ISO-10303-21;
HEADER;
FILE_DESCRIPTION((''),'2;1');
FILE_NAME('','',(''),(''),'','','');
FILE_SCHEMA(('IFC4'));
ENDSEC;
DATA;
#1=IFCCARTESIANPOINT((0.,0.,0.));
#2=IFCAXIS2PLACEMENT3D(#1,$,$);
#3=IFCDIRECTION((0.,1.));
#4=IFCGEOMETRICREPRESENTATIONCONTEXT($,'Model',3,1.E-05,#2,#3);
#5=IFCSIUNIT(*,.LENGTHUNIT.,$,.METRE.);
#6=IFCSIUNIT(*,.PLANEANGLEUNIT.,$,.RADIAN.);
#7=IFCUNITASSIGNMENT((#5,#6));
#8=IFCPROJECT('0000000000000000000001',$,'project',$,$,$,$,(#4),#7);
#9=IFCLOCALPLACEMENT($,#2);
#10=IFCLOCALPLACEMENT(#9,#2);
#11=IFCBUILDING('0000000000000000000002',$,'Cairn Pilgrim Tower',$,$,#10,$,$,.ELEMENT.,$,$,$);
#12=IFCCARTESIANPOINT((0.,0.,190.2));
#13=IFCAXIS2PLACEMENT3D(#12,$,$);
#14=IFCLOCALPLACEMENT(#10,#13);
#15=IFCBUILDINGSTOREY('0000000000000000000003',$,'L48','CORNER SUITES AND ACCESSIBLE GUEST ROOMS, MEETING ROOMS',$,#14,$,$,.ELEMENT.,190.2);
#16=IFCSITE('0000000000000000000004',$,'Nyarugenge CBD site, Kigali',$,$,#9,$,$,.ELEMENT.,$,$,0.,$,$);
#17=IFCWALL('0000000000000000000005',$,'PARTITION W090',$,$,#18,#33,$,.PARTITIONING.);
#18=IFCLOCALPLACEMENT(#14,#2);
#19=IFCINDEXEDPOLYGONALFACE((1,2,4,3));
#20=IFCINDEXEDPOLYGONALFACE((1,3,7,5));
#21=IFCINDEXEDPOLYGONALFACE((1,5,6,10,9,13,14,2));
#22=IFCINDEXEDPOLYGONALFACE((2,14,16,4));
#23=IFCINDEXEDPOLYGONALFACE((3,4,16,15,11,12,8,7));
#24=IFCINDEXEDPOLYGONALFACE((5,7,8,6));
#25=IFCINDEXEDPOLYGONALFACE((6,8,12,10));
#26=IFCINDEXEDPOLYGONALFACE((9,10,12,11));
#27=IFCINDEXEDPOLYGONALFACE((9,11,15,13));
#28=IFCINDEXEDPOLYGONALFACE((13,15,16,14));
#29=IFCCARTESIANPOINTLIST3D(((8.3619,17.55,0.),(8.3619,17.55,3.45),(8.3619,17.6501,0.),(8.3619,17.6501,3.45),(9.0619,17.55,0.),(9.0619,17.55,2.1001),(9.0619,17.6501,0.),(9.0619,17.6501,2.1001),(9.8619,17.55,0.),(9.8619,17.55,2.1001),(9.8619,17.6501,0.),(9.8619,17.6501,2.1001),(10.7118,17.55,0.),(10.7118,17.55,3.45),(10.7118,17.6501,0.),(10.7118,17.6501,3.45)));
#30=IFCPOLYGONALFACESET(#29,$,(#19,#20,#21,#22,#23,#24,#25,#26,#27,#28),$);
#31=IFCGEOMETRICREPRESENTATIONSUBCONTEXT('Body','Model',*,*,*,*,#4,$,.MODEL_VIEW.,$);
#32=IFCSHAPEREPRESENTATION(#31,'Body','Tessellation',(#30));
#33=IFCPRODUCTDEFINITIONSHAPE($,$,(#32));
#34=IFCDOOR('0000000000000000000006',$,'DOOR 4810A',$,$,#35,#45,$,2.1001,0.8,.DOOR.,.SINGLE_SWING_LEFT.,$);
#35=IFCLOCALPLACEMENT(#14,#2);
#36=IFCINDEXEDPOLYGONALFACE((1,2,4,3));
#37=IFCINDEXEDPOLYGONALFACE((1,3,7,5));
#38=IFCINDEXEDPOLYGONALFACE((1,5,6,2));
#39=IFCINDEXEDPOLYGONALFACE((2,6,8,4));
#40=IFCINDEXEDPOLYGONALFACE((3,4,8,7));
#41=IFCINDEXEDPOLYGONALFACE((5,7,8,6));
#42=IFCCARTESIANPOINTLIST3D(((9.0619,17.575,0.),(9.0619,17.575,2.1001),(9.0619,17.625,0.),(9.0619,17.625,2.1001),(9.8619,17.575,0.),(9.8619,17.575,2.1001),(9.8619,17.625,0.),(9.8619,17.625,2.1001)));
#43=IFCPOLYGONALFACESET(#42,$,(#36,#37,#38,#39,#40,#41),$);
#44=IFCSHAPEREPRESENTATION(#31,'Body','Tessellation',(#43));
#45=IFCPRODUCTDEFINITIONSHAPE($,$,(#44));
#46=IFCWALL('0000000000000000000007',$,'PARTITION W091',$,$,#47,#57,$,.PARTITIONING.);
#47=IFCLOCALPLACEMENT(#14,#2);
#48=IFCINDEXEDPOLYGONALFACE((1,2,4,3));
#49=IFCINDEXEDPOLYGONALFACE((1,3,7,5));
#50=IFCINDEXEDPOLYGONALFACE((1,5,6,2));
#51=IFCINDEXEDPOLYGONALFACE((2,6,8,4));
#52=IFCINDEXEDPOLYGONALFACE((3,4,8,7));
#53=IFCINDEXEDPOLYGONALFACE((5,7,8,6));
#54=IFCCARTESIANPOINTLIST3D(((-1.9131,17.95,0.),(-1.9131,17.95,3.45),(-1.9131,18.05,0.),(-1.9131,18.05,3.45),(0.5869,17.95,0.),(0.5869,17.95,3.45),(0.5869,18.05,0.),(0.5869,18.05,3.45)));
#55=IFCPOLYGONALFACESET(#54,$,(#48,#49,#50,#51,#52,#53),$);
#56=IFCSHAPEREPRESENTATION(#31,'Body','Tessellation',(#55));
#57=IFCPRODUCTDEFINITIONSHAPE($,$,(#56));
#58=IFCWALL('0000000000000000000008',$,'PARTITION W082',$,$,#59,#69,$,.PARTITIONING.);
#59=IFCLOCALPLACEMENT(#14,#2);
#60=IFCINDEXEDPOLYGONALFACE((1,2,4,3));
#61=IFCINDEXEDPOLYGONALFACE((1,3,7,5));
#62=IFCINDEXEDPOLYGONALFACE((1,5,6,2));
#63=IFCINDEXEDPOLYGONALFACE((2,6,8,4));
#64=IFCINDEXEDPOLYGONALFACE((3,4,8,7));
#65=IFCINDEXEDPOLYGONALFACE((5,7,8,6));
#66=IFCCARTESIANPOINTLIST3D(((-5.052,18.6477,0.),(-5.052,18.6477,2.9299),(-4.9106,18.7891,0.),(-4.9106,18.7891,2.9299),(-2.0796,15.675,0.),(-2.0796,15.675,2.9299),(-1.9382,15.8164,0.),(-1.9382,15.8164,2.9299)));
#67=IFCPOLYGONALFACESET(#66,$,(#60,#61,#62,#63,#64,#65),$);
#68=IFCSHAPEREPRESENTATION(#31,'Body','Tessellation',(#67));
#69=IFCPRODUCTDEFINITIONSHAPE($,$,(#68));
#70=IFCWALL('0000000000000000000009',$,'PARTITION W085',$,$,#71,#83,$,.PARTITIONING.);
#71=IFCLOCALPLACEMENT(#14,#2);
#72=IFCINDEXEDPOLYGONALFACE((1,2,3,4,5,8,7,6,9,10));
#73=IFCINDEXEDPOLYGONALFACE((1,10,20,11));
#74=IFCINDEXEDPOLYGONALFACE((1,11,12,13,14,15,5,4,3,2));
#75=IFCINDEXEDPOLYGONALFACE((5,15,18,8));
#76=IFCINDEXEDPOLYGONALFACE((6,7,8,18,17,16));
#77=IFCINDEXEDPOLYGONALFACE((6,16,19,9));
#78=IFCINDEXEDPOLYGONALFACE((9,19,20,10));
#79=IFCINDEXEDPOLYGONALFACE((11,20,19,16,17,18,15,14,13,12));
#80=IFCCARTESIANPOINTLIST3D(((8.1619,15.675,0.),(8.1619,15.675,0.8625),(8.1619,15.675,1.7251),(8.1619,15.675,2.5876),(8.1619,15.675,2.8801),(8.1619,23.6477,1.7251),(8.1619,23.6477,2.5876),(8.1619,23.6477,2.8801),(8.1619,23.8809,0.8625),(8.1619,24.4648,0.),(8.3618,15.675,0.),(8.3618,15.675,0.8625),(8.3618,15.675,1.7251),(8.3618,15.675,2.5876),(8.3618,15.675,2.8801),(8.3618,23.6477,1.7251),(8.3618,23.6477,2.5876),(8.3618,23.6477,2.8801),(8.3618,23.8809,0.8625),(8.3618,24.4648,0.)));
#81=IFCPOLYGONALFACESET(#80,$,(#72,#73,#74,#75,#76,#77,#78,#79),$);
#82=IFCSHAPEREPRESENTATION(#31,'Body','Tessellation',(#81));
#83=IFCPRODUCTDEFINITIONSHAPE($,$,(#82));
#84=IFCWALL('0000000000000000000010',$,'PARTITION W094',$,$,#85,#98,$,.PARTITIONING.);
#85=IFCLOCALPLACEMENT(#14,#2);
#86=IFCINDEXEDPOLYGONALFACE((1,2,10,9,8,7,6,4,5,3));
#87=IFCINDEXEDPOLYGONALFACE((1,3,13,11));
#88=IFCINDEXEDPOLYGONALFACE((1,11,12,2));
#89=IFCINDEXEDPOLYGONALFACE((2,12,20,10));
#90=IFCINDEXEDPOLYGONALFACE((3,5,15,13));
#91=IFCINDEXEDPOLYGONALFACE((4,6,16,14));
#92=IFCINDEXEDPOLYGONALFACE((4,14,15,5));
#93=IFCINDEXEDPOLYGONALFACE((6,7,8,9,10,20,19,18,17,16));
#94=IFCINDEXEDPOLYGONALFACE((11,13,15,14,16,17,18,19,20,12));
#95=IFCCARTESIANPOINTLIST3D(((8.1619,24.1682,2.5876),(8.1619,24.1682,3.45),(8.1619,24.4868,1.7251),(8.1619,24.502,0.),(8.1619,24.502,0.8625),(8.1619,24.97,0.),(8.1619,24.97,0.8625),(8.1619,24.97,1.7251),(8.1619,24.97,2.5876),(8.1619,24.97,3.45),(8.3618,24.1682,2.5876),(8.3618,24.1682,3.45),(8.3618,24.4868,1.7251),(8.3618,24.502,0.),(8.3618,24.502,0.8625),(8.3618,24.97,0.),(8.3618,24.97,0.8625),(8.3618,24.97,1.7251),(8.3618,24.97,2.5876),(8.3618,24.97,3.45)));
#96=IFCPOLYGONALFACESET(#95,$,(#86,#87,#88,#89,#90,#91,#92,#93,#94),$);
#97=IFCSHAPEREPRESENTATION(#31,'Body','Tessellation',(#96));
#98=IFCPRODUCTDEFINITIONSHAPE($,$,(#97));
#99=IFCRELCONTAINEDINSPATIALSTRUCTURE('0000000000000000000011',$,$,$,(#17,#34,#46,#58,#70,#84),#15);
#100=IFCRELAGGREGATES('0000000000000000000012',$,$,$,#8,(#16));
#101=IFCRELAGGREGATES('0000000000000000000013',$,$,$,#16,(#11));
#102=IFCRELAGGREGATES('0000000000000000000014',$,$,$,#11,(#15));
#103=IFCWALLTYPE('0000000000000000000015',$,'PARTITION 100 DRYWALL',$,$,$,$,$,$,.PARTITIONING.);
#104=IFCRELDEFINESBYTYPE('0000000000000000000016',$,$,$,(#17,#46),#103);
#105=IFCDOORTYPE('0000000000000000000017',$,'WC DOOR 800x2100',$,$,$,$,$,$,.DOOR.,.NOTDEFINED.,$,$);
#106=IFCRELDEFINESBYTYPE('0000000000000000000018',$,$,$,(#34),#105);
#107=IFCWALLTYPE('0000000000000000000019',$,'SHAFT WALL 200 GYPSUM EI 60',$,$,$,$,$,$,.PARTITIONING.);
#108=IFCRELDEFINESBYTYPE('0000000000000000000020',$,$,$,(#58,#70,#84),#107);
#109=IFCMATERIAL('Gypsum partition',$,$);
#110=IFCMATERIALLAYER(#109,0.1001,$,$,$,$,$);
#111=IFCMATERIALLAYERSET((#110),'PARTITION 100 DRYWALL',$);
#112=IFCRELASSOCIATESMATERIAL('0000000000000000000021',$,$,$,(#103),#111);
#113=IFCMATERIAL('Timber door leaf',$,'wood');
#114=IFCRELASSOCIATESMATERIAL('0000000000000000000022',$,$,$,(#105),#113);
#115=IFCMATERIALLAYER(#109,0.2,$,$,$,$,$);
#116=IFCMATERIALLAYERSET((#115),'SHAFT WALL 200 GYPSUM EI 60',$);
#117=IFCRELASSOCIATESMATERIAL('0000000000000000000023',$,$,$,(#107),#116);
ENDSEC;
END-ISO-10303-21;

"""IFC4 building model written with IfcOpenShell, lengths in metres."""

from ifc_helpers import new_model, si_unit, direction, frame, frame_2d, origin, place, context, subcontext, project, spatial, polyline, rectangle, outline, extrude, material, layer, layer_set, type_object, element, fill, save


model = new_model("IFC4")

# Units and contexts
model_context = context("Model", 3, precision=1e-05, world=origin(), true_north=direction((0.0, 1.0)))
body_context = subcontext(model_context, "Body", "Model", "MODEL_VIEW")
ifc_project = project(units=[si_unit("LENGTHUNIT", "METRE"), si_unit("PLANEANGLEUNIT", "RADIAN")], contexts=[model_context])

# Site, building, storey
site_placement = place(None, origin())
site = spatial("IfcSite", under=ifc_project, at=site_placement, Name="Nyarugenge CBD site, Kigali", CompositionType="ELEMENT", RefElevation=0.0)
building_placement = place(site_placement, origin())
building = spatial("IfcBuilding", under=site, at=building_placement, Name="Cairn Pilgrim Tower", CompositionType="ELEMENT")
storey_placement = place(building_placement, frame((0.0, 0.0, 190.2)))
storey = spatial("IfcBuildingStorey", under=building, at=storey_placement, Name="L48", Description="CORNER SUITES AND ACCESSIBLE GUEST ROOMS, MEETING ROOMS", CompositionType="ELEMENT", Elevation=190.2)

# Shared definitions
ifc_material_1 = material(Name="Gypsum partition")
ifc_layer_1 = layer(ifc_material_1, 0.1001)
ifc_layer_set_1 = layer_set([ifc_layer_1], Name="PARTITION 100 DRYWALL")
wall_type_1 = type_object("IfcWallType", Name="PARTITION 100 DRYWALL", PredefinedType="PARTITIONING", material=ifc_layer_set_1)

# Wall, opening, door
ifc_material_2 = material(Name="Timber door leaf", Category="wood")
door_type_1 = type_object("IfcDoorType", Name="WC DOOR 800x2100", OperationType="NOTDEFINED", PredefinedType="DOOR", material=ifc_material_2)
wall_1_placement = place(storey_placement, frame((8.3621, 17.6001, 0.0), z_axis=(0.0, 0.0, 1.0), x_axis=(1.0, 0.0, 0.0)))
wall_1 = element("IfcWall", 1, at=wall_1_placement, inside=storey, type_object=wall_type_1, Name="PARTITION W090", PredefinedType="PARTITIONING", context=body_context, shape_type="SweptSolid", body=[
    extrude(rectangle(XDim=2.3499, YDim=0.1001, at=frame_2d((1.1748, 0.0))), origin(), (0.0, 0.0, 1.0), 3.45),
])
opening_1_placement = place(wall_1_placement, frame((0.7, 0.0, 0.0)))
opening_1 = element("IfcOpeningElement", 2, at=opening_1_placement, cuts=wall_1, PredefinedType="OPENING", context=body_context, shape_type="SweptSolid", body=[
    extrude(rectangle(XDim=0.8, YDim=2.1001, at=frame_2d((0.3999, 1.05))), frame((0.0, 0.0601, 0.0), z_axis=(0.0, -1.0, 0.0), x_axis=(1.0, 0.0, 0.0)), (0.0, 0.0, 1.0), 0.1201),
])
door_1_placement = place(opening_1_placement, origin())
door_1 = element("IfcDoor", 3, at=door_1_placement, inside=storey, type_object=door_type_1, Name="DOOR 4810A", OperationType="SINGLE_SWING_LEFT", OverallHeight=2.1001, OverallWidth=0.8, PredefinedType="DOOR", context=body_context, shape_type="SweptSolid", body=[
    extrude(rectangle(XDim=0.8, YDim=2.1001, at=frame_2d((0.3999, 1.05))), frame((0.0, 0.0249, 0.0), z_axis=(0.0, -1.0, 0.0), x_axis=(1.0, 0.0, 0.0)), (0.0, 0.0, 1.0), 0.05),
])
fill(opening_1, door_1)

# Walls
wall_2_placement = place(storey_placement, frame((-1.9131, 18.0, 0.0), z_axis=(0.0, 0.0, 1.0), x_axis=(1.0, 0.0, 0.0)))
element("IfcWall", 4, at=wall_2_placement, inside=storey, type_object=wall_type_1, Name="PARTITION W091", PredefinedType="PARTITIONING", context=body_context, shape_type="SweptSolid", body=[
    extrude(rectangle(XDim=2.5, YDim=0.1001, at=frame_2d((1.25, 0.0))), origin(), (0.0, 0.0, 1.0), 3.45),
])
ifc_layer_2 = layer(ifc_material_1, 0.2)
ifc_layer_set_2 = layer_set([ifc_layer_2], Name="SHAFT WALL 200 GYPSUM EI 60")
wall_type_2 = type_object("IfcWallType", Name="SHAFT WALL 200 GYPSUM EI 60", PredefinedType="PARTITIONING", material=ifc_layer_set_2)
wall_3_placement = place(storey_placement, frame((-2.0088, 15.7456, 0.0), z_axis=(0.0, 0.0, 1.0), x_axis=(-0.707078, 0.707136, 0.0)))
element("IfcWall", 5, at=wall_3_placement, inside=storey, type_object=wall_type_2, Name="PARTITION W082", PredefinedType="PARTITIONING", context=body_context, shape_type="SweptSolid", body=[
    extrude(rectangle(XDim=4.2039, YDim=0.2, at=frame_2d((2.1021, 0.0))), origin(), (0.0, 0.0, 1.0), 2.9299),
])
wall_4_placement = place(storey_placement, frame((8.262, 15.675, 0.0), z_axis=(0.0, 0.0, 1.0), x_axis=(0.0, 1.0, 0.0)))
element("IfcWall", 6, at=wall_4_placement, inside=storey, type_object=wall_type_2, Name="PARTITION W085", PredefinedType="PARTITIONING", context=body_context, shape_type="SweptSolid", body=[
    extrude(outline(polyline([(0.0, 0.0), (8.7898, 0.0), (8.2058, 0.8625), (7.9727, 1.7251), (7.9727, 2.5876), (7.9727, 2.8801), (0.0, 2.8801), (0.0, 2.5876), (0.0, 1.7251), (0.0, 0.8625), (0.0, 0.0)])), frame((0.0, 0.1001, 0.0), z_axis=(0.0, -1.0, 0.0), x_axis=(1.0, 0.0, 0.0)), (0.0, 0.0, 1.0), 0.2),
])
wall_5_placement = place(storey_placement, frame((8.262, 24.1682, 0.0), z_axis=(0.0, 0.0, 1.0), x_axis=(0.0, 1.0, 0.0)))
element("IfcWall", 7, at=wall_5_placement, inside=storey, type_object=wall_type_2, Name="PARTITION W094", PredefinedType="PARTITIONING", context=body_context, shape_type="SweptSolid", body=[
    extrude(outline(polyline([(0.3337, 0.0), (0.8018, 0.0), (0.8018, 0.8625), (0.8018, 1.7251), (0.8018, 2.5876), (0.8018, 3.45), (0.0, 3.45), (0.0, 2.5876), (0.3186, 1.7251), (0.3337, 0.8625), (0.3337, 0.0)])), frame((0.0, 0.1001, 0.0), z_axis=(0.0, -1.0, 0.0), x_axis=(1.0, 0.0, 0.0)), (0.0, 0.0, 1.0), 0.2),
])

save(model, "model.ifc")
